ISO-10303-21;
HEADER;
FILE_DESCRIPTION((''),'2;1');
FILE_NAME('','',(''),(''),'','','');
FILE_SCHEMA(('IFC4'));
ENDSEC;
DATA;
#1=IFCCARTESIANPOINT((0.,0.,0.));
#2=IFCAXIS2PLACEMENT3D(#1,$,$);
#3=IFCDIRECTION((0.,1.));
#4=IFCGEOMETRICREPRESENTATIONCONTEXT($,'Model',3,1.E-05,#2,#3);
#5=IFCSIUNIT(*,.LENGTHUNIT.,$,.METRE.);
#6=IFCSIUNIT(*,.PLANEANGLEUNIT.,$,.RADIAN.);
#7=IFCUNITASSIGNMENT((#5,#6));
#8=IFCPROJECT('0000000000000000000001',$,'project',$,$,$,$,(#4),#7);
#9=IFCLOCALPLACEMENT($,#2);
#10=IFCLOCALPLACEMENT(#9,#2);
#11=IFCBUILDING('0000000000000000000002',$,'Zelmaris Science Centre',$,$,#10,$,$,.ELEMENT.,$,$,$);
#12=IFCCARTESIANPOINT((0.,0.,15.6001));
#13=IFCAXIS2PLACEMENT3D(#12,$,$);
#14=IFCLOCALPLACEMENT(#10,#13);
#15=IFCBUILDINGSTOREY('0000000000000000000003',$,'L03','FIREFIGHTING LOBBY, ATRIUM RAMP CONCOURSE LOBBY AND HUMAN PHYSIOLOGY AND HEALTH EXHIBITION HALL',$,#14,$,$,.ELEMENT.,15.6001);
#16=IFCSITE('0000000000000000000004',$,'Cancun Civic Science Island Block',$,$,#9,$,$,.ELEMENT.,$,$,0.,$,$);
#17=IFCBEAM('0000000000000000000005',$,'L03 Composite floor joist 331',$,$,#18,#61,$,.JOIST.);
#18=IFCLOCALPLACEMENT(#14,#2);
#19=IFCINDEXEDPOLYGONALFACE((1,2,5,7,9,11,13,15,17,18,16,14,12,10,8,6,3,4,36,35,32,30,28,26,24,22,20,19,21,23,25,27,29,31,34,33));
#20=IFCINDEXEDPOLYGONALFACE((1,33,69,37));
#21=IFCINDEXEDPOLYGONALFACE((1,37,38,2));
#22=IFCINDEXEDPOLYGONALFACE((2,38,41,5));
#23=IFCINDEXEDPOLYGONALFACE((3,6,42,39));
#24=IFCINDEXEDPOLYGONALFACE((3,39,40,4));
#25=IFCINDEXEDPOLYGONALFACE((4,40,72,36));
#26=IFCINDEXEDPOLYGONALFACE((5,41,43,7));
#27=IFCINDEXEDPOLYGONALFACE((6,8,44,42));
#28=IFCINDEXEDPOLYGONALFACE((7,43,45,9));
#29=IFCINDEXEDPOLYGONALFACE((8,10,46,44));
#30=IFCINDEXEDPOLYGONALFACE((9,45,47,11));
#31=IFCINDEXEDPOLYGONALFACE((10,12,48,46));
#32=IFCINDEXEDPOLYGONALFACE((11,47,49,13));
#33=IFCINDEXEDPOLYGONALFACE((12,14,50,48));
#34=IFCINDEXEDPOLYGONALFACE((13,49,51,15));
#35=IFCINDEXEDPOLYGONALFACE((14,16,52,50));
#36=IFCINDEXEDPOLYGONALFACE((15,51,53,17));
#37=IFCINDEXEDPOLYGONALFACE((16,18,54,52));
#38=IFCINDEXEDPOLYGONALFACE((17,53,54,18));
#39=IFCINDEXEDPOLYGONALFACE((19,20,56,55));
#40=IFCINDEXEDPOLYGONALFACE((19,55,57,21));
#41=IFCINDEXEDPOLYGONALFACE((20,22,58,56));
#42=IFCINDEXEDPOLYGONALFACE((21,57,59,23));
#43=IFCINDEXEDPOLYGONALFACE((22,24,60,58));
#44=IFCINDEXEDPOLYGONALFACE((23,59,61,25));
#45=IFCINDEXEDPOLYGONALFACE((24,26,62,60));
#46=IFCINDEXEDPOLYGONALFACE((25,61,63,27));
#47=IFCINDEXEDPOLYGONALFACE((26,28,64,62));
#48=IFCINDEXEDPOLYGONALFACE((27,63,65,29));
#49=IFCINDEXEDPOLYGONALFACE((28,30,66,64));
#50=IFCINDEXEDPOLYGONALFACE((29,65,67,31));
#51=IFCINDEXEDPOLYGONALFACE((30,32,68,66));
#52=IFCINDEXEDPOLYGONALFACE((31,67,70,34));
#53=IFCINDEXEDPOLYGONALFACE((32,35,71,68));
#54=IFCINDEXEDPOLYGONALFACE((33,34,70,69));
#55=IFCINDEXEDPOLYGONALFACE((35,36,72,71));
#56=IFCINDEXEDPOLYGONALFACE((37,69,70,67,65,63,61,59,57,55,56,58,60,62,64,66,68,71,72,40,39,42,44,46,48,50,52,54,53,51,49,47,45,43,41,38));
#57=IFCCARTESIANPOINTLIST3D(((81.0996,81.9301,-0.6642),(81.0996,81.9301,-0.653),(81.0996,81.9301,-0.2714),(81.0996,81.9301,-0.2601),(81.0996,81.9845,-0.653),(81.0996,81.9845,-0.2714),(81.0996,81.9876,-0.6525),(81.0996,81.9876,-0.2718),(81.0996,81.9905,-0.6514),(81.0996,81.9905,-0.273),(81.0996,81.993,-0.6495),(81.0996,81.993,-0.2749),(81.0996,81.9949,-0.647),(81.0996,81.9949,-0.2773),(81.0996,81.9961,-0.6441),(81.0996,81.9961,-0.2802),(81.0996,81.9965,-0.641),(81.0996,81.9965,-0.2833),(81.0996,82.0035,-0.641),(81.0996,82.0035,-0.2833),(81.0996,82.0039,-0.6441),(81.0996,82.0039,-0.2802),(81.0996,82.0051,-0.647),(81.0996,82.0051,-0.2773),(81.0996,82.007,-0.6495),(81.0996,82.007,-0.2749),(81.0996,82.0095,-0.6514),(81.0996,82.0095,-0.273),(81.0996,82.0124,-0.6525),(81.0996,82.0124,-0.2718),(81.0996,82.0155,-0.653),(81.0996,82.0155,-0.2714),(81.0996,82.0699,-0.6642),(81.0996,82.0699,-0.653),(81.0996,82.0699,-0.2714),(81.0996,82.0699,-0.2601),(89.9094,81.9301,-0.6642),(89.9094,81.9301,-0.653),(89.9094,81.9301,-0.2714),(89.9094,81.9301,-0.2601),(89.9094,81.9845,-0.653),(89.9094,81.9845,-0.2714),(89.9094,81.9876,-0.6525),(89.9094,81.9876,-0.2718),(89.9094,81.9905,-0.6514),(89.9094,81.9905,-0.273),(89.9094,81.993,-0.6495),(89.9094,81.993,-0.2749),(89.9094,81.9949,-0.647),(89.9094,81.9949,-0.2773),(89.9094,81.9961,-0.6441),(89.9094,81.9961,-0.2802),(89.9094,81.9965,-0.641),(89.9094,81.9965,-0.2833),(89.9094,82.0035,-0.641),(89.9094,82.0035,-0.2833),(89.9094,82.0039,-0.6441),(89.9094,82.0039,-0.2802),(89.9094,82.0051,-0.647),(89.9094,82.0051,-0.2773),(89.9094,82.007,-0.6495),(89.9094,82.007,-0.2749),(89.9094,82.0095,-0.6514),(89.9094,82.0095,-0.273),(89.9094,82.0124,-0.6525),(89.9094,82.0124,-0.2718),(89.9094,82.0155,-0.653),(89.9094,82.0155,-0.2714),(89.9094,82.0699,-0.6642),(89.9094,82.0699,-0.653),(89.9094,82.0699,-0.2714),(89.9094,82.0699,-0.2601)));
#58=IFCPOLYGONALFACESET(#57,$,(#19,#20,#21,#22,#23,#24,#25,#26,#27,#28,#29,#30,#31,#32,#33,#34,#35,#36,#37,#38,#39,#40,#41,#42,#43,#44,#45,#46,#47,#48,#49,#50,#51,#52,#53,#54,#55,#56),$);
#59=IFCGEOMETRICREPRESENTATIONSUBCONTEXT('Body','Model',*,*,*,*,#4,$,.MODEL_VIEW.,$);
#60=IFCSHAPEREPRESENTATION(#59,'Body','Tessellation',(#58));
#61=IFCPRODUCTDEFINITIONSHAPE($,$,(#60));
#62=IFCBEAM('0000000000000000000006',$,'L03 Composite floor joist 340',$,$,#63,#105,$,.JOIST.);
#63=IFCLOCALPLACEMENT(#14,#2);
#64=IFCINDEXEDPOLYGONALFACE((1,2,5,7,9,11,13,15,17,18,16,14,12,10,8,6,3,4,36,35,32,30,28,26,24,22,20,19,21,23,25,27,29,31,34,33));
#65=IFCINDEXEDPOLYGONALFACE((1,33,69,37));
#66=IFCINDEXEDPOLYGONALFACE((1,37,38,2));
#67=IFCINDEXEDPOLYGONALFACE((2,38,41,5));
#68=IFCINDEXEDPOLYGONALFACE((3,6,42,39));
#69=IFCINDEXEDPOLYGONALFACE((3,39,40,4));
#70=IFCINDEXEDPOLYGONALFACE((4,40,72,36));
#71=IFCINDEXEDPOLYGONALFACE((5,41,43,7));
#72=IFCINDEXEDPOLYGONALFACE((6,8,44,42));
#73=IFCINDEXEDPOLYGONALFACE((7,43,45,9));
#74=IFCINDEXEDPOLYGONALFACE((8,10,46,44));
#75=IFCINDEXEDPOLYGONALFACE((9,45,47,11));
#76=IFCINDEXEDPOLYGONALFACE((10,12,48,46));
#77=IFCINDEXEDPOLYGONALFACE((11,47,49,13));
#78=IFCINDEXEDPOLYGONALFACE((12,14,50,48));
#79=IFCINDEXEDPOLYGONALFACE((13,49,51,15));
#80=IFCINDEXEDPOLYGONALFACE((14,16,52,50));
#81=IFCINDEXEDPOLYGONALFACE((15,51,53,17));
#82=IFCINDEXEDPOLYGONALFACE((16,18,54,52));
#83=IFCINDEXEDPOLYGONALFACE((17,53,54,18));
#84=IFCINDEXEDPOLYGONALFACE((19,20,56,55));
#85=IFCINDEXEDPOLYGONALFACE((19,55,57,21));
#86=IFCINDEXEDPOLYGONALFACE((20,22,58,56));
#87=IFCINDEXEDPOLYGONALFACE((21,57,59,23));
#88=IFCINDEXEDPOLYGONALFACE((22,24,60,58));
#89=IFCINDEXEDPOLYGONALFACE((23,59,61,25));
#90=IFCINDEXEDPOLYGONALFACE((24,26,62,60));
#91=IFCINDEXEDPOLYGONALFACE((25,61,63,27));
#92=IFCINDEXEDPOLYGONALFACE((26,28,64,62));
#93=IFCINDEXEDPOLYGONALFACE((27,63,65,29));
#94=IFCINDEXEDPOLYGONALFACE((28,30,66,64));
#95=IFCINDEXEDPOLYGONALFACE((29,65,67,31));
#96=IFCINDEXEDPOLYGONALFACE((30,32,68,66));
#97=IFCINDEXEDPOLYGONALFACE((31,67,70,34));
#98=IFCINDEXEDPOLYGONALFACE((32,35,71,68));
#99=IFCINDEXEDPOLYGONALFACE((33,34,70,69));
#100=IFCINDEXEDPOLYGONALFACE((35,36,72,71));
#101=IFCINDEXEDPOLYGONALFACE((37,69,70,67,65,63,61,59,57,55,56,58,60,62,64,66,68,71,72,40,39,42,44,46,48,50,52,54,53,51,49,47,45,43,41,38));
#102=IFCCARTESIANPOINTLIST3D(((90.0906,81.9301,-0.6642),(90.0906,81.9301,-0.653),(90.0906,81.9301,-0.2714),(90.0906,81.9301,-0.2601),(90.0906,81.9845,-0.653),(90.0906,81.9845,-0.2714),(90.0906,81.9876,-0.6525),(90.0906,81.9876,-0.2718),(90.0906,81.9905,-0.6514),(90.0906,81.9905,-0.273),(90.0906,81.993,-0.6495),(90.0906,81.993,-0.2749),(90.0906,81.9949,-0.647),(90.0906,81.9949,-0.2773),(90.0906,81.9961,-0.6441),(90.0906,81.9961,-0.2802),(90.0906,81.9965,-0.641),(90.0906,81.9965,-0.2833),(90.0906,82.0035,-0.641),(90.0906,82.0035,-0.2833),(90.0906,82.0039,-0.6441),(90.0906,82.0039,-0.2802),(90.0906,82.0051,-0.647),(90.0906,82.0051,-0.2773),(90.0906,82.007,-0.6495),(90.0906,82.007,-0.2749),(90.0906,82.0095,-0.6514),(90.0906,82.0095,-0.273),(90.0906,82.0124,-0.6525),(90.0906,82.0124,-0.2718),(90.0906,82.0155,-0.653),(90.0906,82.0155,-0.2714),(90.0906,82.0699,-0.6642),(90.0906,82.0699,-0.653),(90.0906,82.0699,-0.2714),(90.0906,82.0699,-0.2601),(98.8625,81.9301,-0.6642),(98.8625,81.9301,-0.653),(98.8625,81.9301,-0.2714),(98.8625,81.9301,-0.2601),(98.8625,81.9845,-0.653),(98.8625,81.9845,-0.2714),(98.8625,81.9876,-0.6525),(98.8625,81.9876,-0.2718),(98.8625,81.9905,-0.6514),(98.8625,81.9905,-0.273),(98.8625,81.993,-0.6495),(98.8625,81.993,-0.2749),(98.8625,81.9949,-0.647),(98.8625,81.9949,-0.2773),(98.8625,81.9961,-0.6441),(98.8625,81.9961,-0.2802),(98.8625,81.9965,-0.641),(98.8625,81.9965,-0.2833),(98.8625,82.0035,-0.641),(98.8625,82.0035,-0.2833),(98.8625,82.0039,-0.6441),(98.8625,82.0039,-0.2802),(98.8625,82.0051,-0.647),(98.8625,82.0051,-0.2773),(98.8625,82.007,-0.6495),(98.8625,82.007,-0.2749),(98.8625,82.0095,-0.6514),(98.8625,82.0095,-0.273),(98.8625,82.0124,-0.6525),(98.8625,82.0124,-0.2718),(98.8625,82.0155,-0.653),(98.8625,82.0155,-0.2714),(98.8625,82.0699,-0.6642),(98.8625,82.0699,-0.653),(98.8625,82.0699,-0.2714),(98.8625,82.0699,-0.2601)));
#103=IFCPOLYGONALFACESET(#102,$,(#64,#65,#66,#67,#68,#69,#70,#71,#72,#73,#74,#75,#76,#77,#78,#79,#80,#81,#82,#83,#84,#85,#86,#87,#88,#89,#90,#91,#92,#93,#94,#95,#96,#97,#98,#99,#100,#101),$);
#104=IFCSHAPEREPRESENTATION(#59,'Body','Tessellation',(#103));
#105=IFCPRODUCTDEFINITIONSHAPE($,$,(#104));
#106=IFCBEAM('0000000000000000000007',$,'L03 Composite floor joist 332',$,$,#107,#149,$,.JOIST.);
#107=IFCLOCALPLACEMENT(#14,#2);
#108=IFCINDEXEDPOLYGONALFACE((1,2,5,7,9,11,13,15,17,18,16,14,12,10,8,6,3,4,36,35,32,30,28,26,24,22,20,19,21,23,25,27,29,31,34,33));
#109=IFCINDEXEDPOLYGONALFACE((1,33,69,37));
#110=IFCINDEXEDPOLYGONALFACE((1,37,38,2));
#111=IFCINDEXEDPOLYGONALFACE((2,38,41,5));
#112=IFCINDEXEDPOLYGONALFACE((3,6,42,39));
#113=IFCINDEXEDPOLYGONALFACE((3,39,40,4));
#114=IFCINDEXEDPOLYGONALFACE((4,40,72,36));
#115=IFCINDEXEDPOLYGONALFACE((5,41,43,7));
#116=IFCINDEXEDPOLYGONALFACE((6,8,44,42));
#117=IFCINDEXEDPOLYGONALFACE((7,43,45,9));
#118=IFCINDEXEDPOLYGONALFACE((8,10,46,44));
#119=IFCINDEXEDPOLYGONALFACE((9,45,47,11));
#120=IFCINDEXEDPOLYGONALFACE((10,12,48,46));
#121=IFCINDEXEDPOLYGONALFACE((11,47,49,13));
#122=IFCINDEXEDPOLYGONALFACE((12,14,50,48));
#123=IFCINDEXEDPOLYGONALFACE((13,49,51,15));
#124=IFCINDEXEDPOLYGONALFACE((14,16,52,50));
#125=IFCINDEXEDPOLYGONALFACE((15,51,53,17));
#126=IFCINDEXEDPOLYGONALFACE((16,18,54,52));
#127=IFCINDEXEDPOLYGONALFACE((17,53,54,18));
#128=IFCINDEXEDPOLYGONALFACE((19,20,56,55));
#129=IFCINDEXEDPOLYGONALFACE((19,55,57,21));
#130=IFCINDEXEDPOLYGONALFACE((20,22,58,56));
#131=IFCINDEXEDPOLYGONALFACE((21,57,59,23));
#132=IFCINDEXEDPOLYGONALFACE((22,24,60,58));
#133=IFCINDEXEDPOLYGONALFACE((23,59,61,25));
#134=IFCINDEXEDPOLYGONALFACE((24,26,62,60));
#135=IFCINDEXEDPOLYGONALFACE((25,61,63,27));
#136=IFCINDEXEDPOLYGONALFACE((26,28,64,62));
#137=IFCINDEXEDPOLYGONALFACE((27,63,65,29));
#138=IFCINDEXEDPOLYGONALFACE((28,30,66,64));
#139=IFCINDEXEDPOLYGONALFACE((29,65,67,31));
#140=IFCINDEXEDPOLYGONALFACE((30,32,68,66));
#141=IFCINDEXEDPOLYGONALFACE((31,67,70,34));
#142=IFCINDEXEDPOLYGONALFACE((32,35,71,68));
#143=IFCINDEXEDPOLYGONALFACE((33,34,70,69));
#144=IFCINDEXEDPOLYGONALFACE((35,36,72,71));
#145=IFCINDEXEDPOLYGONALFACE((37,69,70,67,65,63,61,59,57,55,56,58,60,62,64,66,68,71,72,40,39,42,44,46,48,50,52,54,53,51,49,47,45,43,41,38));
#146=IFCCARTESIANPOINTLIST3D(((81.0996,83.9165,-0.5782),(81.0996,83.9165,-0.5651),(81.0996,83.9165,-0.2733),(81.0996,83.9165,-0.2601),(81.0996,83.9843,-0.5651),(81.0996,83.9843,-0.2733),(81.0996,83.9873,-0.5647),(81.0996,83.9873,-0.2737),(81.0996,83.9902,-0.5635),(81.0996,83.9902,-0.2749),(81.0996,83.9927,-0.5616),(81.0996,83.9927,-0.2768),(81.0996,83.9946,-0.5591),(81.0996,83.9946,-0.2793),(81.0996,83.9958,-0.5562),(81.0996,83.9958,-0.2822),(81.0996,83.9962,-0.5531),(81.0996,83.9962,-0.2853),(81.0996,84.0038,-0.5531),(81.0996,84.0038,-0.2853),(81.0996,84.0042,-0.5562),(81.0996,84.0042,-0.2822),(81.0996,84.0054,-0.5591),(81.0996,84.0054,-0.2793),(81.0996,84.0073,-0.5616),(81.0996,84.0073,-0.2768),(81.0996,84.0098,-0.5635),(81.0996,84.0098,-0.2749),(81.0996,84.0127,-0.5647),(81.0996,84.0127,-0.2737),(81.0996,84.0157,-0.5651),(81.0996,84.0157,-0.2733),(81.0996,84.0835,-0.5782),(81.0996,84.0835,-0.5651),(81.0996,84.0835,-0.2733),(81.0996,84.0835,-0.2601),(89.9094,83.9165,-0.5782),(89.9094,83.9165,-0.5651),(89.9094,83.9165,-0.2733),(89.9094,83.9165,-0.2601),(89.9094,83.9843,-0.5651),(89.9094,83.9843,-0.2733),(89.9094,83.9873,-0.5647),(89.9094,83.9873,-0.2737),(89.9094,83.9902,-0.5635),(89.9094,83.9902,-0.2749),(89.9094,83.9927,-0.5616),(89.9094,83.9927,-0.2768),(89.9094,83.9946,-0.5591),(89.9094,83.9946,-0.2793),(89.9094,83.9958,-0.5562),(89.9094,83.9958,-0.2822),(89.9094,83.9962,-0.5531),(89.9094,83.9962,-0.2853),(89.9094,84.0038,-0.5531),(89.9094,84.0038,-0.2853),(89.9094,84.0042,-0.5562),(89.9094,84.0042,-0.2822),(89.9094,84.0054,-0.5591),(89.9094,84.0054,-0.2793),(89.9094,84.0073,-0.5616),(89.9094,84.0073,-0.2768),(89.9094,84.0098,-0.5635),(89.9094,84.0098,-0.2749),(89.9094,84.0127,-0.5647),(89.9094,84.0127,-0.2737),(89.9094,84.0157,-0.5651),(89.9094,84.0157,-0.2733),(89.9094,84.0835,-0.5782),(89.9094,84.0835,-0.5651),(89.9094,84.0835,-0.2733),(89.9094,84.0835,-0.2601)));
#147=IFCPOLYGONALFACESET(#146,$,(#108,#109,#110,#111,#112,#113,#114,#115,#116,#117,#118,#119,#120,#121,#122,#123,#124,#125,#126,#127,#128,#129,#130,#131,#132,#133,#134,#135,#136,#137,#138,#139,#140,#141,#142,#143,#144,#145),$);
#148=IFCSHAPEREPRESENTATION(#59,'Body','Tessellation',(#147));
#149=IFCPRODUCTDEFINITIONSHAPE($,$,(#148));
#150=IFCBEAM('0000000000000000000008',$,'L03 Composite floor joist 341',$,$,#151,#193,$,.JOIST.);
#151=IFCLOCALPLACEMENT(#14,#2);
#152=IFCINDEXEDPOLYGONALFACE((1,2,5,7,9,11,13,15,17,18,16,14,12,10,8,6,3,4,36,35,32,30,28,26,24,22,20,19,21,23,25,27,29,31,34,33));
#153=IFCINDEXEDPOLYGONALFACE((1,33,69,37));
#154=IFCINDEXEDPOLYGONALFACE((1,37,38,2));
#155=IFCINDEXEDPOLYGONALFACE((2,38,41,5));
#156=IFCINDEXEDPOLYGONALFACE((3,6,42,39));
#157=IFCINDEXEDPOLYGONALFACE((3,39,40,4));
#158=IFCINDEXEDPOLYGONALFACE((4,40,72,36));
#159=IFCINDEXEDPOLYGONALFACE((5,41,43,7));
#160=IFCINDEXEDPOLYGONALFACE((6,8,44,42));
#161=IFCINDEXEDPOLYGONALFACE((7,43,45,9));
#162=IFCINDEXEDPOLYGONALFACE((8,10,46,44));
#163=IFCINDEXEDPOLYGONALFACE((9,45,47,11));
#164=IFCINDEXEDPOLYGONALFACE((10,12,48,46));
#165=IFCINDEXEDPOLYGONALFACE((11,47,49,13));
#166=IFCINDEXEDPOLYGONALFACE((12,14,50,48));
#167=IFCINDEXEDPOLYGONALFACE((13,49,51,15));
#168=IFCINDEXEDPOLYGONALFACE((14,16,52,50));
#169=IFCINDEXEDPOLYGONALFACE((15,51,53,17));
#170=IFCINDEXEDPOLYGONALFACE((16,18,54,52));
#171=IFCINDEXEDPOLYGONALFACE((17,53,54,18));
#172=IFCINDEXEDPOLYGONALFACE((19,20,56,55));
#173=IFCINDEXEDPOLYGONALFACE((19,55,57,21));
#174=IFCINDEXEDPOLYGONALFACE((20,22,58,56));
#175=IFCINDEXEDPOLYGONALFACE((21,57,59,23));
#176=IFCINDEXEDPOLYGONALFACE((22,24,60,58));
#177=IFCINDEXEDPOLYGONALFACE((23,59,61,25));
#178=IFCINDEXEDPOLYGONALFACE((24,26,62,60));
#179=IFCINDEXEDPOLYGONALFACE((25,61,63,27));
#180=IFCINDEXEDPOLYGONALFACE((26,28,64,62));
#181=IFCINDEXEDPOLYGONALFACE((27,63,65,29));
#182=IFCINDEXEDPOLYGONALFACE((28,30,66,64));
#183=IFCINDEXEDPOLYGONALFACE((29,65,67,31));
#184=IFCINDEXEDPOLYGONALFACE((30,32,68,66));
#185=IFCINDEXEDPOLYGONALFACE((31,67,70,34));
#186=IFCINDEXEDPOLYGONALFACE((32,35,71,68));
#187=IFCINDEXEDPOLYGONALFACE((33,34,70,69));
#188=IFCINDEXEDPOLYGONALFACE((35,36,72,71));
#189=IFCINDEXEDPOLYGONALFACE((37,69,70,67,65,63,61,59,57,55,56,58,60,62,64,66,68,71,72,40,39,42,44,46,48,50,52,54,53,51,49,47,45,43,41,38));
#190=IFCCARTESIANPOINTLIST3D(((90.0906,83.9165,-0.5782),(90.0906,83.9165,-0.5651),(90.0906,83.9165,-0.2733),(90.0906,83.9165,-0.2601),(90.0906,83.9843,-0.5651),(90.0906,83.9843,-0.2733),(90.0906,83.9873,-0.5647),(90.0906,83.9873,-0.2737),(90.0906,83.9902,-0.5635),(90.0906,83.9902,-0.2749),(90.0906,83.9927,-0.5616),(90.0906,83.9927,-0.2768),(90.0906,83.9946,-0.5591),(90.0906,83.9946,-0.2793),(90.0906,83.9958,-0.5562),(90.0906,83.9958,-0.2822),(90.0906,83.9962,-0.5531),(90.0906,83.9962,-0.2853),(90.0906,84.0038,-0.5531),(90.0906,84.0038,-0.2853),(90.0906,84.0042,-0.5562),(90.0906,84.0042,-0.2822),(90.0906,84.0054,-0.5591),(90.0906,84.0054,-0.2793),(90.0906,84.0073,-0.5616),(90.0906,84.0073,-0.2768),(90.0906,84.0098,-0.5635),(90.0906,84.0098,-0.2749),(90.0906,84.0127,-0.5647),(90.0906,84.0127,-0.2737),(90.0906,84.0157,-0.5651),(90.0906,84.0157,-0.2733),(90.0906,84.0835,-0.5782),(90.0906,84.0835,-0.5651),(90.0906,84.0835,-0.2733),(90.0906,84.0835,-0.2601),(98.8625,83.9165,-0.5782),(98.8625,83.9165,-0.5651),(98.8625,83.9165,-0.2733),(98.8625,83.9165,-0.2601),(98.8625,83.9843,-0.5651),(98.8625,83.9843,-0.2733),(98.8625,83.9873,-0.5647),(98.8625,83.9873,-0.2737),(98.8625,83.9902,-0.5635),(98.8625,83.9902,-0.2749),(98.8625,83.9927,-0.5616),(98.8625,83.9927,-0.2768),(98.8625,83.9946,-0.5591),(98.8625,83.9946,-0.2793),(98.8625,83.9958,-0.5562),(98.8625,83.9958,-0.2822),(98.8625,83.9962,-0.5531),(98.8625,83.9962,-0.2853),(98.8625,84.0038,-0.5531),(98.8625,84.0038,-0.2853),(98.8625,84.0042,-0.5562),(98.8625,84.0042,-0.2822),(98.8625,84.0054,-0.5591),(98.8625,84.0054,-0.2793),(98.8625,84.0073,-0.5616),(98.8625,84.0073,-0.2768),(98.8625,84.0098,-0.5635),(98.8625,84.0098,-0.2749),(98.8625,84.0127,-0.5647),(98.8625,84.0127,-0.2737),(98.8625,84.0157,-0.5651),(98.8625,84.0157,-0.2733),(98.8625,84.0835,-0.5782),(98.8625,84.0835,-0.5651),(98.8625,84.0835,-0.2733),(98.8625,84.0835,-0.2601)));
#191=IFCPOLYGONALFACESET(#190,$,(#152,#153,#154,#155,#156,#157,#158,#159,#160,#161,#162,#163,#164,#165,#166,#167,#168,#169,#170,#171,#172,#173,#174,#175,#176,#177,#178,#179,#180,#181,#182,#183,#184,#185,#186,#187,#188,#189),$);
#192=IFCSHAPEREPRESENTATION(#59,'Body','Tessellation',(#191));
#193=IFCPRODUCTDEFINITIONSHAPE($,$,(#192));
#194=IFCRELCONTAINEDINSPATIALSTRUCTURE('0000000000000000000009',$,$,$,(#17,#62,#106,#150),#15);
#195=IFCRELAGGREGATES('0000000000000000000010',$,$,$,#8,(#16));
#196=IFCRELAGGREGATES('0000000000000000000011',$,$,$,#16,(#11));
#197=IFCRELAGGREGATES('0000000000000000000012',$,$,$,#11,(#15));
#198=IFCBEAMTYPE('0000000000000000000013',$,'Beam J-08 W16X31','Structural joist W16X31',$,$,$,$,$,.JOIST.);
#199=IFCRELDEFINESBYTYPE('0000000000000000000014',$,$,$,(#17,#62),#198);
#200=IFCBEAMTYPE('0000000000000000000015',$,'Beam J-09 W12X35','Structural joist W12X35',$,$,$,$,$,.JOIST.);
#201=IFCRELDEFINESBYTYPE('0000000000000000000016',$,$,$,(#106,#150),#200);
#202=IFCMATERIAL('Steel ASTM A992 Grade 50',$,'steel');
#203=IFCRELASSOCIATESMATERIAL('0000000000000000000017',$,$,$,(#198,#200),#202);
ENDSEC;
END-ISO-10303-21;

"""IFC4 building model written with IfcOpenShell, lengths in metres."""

from ifc_helpers import new_model, si_unit, direction, frame, origin, origin_2d, place, context, subcontext, project, spatial, i_section, extrude, material, material_profile, profile_set, type_object, element, save


model = new_model("IFC4")

# Units and contexts
model_context = context("Model", 3, precision=1e-05, world=origin(), true_north=direction((0.0, 1.0)))
body_context = subcontext(model_context, "Body", "Model", "MODEL_VIEW")
ifc_project = project(units=[si_unit("LENGTHUNIT", "METRE"), si_unit("PLANEANGLEUNIT", "RADIAN")], contexts=[model_context])

# Site, building, storey
site_placement = place(None, origin())
site = spatial("IfcSite", under=ifc_project, at=site_placement, Name="Cancun Civic Science Island Block", CompositionType="ELEMENT", RefElevation=0.0)
building_placement = place(site_placement, origin())
building = spatial("IfcBuilding", under=site, at=building_placement, Name="Zelmaris Science Centre", CompositionType="ELEMENT")
storey_placement = place(building_placement, frame((0.0, 0.0, 15.6001)))
storey = spatial("IfcBuildingStorey", under=building, at=storey_placement, Name="L03", Description="FIREFIGHTING LOBBY, ATRIUM RAMP CONCOURSE LOBBY AND HUMAN PHYSIOLOGY AND HEALTH EXHIBITION HALL", CompositionType="ELEMENT", Elevation=15.6001)

# Shared definitions
ifc_material_1 = material(Name="Steel ASTM A992 Grade 50", Category="steel")

# Beams
ifc_material_profile_1 = material_profile(ifc_material_1, i_section(OverallWidth=0.1399, OverallDepth=0.4041, WebThickness=0.0071, FlangeThickness=0.0112, FilletRadius=0.012, at=origin_2d()), Name="W16X31")
ifc_profile_set_1 = profile_set([ifc_material_profile_1], Name="Steel ASTM A992 Grade 50")
beam_type_1 = type_object("IfcBeamType", Name="Beam J-08 W16X31", Description="Structural joist W16X31", PredefinedType="JOIST", material=ifc_profile_set_1)
beam_1_placement = place(storey_placement, frame((81.0996, 82.0, -0.4622), z_axis=(1.0, 0.0, 0.0), x_axis=(0.0, 1.0, 0.0)))
element("IfcBeam", 1, at=beam_1_placement, inside=storey, type_object=beam_type_1, Name="L03 Composite floor joist 331", PredefinedType="JOIST", context=body_context, shape_type="SweptSolid", body=[
    extrude(i_section(OverallWidth=0.1399, OverallDepth=0.4041, WebThickness=0.0071, FlangeThickness=0.0112, FilletRadius=0.012, at=origin_2d()), origin(), (0.0, 0.0, 1.0), 8.8098),
])
beam_2_placement = place(storey_placement, frame((90.0906, 82.0, -0.4622), z_axis=(1.0, 0.0, 0.0), x_axis=(0.0, 1.0, 0.0)))
element("IfcBeam", 2, at=beam_2_placement, inside=storey, type_object=beam_type_1, Name="L03 Composite floor joist 340", PredefinedType="JOIST", context=body_context, shape_type="SweptSolid", body=[
    extrude(i_section(OverallWidth=0.1399, OverallDepth=0.4041, WebThickness=0.0071, FlangeThickness=0.0112, FilletRadius=0.012, at=origin_2d()), origin(), (0.0, 0.0, 1.0), 8.772),
])
ifc_material_profile_2 = material_profile(ifc_material_1, i_section(OverallWidth=0.167, OverallDepth=0.3181, WebThickness=0.0076, FlangeThickness=0.0132, FilletRadius=0.012, at=origin_2d()), Name="W12X35")
ifc_profile_set_2 = profile_set([ifc_material_profile_2], Name="Steel ASTM A992 Grade 50")
beam_type_2 = type_object("IfcBeamType", Name="Beam J-09 W12X35", Description="Structural joist W12X35", PredefinedType="JOIST", material=ifc_profile_set_2)
beam_3_placement = place(storey_placement, frame((81.0996, 84.0, -0.4192), z_axis=(1.0, 0.0, 0.0), x_axis=(0.0, 1.0, 0.0)))
element("IfcBeam", 3, at=beam_3_placement, inside=storey, type_object=beam_type_2, Name="L03 Composite floor joist 332", PredefinedType="JOIST", context=body_context, shape_type="SweptSolid", body=[
    extrude(i_section(OverallWidth=0.167, OverallDepth=0.3181, WebThickness=0.0076, FlangeThickness=0.0132, FilletRadius=0.012, at=origin_2d()), origin(), (0.0, 0.0, 1.0), 8.8098),
])
beam_4_placement = place(storey_placement, frame((90.0906, 84.0, -0.4192), z_axis=(1.0, 0.0, 0.0), x_axis=(0.0, 1.0, 0.0)))
element("IfcBeam", 4, at=beam_4_placement, inside=storey, type_object=beam_type_2, Name="L03 Composite floor joist 341", PredefinedType="JOIST", context=body_context, shape_type="SweptSolid", body=[
    extrude(i_section(OverallWidth=0.167, OverallDepth=0.3181, WebThickness=0.0076, FlangeThickness=0.0132, FilletRadius=0.012, at=origin_2d()), origin(), (0.0, 0.0, 1.0), 8.772),
])

save(model, "model.ifc")
